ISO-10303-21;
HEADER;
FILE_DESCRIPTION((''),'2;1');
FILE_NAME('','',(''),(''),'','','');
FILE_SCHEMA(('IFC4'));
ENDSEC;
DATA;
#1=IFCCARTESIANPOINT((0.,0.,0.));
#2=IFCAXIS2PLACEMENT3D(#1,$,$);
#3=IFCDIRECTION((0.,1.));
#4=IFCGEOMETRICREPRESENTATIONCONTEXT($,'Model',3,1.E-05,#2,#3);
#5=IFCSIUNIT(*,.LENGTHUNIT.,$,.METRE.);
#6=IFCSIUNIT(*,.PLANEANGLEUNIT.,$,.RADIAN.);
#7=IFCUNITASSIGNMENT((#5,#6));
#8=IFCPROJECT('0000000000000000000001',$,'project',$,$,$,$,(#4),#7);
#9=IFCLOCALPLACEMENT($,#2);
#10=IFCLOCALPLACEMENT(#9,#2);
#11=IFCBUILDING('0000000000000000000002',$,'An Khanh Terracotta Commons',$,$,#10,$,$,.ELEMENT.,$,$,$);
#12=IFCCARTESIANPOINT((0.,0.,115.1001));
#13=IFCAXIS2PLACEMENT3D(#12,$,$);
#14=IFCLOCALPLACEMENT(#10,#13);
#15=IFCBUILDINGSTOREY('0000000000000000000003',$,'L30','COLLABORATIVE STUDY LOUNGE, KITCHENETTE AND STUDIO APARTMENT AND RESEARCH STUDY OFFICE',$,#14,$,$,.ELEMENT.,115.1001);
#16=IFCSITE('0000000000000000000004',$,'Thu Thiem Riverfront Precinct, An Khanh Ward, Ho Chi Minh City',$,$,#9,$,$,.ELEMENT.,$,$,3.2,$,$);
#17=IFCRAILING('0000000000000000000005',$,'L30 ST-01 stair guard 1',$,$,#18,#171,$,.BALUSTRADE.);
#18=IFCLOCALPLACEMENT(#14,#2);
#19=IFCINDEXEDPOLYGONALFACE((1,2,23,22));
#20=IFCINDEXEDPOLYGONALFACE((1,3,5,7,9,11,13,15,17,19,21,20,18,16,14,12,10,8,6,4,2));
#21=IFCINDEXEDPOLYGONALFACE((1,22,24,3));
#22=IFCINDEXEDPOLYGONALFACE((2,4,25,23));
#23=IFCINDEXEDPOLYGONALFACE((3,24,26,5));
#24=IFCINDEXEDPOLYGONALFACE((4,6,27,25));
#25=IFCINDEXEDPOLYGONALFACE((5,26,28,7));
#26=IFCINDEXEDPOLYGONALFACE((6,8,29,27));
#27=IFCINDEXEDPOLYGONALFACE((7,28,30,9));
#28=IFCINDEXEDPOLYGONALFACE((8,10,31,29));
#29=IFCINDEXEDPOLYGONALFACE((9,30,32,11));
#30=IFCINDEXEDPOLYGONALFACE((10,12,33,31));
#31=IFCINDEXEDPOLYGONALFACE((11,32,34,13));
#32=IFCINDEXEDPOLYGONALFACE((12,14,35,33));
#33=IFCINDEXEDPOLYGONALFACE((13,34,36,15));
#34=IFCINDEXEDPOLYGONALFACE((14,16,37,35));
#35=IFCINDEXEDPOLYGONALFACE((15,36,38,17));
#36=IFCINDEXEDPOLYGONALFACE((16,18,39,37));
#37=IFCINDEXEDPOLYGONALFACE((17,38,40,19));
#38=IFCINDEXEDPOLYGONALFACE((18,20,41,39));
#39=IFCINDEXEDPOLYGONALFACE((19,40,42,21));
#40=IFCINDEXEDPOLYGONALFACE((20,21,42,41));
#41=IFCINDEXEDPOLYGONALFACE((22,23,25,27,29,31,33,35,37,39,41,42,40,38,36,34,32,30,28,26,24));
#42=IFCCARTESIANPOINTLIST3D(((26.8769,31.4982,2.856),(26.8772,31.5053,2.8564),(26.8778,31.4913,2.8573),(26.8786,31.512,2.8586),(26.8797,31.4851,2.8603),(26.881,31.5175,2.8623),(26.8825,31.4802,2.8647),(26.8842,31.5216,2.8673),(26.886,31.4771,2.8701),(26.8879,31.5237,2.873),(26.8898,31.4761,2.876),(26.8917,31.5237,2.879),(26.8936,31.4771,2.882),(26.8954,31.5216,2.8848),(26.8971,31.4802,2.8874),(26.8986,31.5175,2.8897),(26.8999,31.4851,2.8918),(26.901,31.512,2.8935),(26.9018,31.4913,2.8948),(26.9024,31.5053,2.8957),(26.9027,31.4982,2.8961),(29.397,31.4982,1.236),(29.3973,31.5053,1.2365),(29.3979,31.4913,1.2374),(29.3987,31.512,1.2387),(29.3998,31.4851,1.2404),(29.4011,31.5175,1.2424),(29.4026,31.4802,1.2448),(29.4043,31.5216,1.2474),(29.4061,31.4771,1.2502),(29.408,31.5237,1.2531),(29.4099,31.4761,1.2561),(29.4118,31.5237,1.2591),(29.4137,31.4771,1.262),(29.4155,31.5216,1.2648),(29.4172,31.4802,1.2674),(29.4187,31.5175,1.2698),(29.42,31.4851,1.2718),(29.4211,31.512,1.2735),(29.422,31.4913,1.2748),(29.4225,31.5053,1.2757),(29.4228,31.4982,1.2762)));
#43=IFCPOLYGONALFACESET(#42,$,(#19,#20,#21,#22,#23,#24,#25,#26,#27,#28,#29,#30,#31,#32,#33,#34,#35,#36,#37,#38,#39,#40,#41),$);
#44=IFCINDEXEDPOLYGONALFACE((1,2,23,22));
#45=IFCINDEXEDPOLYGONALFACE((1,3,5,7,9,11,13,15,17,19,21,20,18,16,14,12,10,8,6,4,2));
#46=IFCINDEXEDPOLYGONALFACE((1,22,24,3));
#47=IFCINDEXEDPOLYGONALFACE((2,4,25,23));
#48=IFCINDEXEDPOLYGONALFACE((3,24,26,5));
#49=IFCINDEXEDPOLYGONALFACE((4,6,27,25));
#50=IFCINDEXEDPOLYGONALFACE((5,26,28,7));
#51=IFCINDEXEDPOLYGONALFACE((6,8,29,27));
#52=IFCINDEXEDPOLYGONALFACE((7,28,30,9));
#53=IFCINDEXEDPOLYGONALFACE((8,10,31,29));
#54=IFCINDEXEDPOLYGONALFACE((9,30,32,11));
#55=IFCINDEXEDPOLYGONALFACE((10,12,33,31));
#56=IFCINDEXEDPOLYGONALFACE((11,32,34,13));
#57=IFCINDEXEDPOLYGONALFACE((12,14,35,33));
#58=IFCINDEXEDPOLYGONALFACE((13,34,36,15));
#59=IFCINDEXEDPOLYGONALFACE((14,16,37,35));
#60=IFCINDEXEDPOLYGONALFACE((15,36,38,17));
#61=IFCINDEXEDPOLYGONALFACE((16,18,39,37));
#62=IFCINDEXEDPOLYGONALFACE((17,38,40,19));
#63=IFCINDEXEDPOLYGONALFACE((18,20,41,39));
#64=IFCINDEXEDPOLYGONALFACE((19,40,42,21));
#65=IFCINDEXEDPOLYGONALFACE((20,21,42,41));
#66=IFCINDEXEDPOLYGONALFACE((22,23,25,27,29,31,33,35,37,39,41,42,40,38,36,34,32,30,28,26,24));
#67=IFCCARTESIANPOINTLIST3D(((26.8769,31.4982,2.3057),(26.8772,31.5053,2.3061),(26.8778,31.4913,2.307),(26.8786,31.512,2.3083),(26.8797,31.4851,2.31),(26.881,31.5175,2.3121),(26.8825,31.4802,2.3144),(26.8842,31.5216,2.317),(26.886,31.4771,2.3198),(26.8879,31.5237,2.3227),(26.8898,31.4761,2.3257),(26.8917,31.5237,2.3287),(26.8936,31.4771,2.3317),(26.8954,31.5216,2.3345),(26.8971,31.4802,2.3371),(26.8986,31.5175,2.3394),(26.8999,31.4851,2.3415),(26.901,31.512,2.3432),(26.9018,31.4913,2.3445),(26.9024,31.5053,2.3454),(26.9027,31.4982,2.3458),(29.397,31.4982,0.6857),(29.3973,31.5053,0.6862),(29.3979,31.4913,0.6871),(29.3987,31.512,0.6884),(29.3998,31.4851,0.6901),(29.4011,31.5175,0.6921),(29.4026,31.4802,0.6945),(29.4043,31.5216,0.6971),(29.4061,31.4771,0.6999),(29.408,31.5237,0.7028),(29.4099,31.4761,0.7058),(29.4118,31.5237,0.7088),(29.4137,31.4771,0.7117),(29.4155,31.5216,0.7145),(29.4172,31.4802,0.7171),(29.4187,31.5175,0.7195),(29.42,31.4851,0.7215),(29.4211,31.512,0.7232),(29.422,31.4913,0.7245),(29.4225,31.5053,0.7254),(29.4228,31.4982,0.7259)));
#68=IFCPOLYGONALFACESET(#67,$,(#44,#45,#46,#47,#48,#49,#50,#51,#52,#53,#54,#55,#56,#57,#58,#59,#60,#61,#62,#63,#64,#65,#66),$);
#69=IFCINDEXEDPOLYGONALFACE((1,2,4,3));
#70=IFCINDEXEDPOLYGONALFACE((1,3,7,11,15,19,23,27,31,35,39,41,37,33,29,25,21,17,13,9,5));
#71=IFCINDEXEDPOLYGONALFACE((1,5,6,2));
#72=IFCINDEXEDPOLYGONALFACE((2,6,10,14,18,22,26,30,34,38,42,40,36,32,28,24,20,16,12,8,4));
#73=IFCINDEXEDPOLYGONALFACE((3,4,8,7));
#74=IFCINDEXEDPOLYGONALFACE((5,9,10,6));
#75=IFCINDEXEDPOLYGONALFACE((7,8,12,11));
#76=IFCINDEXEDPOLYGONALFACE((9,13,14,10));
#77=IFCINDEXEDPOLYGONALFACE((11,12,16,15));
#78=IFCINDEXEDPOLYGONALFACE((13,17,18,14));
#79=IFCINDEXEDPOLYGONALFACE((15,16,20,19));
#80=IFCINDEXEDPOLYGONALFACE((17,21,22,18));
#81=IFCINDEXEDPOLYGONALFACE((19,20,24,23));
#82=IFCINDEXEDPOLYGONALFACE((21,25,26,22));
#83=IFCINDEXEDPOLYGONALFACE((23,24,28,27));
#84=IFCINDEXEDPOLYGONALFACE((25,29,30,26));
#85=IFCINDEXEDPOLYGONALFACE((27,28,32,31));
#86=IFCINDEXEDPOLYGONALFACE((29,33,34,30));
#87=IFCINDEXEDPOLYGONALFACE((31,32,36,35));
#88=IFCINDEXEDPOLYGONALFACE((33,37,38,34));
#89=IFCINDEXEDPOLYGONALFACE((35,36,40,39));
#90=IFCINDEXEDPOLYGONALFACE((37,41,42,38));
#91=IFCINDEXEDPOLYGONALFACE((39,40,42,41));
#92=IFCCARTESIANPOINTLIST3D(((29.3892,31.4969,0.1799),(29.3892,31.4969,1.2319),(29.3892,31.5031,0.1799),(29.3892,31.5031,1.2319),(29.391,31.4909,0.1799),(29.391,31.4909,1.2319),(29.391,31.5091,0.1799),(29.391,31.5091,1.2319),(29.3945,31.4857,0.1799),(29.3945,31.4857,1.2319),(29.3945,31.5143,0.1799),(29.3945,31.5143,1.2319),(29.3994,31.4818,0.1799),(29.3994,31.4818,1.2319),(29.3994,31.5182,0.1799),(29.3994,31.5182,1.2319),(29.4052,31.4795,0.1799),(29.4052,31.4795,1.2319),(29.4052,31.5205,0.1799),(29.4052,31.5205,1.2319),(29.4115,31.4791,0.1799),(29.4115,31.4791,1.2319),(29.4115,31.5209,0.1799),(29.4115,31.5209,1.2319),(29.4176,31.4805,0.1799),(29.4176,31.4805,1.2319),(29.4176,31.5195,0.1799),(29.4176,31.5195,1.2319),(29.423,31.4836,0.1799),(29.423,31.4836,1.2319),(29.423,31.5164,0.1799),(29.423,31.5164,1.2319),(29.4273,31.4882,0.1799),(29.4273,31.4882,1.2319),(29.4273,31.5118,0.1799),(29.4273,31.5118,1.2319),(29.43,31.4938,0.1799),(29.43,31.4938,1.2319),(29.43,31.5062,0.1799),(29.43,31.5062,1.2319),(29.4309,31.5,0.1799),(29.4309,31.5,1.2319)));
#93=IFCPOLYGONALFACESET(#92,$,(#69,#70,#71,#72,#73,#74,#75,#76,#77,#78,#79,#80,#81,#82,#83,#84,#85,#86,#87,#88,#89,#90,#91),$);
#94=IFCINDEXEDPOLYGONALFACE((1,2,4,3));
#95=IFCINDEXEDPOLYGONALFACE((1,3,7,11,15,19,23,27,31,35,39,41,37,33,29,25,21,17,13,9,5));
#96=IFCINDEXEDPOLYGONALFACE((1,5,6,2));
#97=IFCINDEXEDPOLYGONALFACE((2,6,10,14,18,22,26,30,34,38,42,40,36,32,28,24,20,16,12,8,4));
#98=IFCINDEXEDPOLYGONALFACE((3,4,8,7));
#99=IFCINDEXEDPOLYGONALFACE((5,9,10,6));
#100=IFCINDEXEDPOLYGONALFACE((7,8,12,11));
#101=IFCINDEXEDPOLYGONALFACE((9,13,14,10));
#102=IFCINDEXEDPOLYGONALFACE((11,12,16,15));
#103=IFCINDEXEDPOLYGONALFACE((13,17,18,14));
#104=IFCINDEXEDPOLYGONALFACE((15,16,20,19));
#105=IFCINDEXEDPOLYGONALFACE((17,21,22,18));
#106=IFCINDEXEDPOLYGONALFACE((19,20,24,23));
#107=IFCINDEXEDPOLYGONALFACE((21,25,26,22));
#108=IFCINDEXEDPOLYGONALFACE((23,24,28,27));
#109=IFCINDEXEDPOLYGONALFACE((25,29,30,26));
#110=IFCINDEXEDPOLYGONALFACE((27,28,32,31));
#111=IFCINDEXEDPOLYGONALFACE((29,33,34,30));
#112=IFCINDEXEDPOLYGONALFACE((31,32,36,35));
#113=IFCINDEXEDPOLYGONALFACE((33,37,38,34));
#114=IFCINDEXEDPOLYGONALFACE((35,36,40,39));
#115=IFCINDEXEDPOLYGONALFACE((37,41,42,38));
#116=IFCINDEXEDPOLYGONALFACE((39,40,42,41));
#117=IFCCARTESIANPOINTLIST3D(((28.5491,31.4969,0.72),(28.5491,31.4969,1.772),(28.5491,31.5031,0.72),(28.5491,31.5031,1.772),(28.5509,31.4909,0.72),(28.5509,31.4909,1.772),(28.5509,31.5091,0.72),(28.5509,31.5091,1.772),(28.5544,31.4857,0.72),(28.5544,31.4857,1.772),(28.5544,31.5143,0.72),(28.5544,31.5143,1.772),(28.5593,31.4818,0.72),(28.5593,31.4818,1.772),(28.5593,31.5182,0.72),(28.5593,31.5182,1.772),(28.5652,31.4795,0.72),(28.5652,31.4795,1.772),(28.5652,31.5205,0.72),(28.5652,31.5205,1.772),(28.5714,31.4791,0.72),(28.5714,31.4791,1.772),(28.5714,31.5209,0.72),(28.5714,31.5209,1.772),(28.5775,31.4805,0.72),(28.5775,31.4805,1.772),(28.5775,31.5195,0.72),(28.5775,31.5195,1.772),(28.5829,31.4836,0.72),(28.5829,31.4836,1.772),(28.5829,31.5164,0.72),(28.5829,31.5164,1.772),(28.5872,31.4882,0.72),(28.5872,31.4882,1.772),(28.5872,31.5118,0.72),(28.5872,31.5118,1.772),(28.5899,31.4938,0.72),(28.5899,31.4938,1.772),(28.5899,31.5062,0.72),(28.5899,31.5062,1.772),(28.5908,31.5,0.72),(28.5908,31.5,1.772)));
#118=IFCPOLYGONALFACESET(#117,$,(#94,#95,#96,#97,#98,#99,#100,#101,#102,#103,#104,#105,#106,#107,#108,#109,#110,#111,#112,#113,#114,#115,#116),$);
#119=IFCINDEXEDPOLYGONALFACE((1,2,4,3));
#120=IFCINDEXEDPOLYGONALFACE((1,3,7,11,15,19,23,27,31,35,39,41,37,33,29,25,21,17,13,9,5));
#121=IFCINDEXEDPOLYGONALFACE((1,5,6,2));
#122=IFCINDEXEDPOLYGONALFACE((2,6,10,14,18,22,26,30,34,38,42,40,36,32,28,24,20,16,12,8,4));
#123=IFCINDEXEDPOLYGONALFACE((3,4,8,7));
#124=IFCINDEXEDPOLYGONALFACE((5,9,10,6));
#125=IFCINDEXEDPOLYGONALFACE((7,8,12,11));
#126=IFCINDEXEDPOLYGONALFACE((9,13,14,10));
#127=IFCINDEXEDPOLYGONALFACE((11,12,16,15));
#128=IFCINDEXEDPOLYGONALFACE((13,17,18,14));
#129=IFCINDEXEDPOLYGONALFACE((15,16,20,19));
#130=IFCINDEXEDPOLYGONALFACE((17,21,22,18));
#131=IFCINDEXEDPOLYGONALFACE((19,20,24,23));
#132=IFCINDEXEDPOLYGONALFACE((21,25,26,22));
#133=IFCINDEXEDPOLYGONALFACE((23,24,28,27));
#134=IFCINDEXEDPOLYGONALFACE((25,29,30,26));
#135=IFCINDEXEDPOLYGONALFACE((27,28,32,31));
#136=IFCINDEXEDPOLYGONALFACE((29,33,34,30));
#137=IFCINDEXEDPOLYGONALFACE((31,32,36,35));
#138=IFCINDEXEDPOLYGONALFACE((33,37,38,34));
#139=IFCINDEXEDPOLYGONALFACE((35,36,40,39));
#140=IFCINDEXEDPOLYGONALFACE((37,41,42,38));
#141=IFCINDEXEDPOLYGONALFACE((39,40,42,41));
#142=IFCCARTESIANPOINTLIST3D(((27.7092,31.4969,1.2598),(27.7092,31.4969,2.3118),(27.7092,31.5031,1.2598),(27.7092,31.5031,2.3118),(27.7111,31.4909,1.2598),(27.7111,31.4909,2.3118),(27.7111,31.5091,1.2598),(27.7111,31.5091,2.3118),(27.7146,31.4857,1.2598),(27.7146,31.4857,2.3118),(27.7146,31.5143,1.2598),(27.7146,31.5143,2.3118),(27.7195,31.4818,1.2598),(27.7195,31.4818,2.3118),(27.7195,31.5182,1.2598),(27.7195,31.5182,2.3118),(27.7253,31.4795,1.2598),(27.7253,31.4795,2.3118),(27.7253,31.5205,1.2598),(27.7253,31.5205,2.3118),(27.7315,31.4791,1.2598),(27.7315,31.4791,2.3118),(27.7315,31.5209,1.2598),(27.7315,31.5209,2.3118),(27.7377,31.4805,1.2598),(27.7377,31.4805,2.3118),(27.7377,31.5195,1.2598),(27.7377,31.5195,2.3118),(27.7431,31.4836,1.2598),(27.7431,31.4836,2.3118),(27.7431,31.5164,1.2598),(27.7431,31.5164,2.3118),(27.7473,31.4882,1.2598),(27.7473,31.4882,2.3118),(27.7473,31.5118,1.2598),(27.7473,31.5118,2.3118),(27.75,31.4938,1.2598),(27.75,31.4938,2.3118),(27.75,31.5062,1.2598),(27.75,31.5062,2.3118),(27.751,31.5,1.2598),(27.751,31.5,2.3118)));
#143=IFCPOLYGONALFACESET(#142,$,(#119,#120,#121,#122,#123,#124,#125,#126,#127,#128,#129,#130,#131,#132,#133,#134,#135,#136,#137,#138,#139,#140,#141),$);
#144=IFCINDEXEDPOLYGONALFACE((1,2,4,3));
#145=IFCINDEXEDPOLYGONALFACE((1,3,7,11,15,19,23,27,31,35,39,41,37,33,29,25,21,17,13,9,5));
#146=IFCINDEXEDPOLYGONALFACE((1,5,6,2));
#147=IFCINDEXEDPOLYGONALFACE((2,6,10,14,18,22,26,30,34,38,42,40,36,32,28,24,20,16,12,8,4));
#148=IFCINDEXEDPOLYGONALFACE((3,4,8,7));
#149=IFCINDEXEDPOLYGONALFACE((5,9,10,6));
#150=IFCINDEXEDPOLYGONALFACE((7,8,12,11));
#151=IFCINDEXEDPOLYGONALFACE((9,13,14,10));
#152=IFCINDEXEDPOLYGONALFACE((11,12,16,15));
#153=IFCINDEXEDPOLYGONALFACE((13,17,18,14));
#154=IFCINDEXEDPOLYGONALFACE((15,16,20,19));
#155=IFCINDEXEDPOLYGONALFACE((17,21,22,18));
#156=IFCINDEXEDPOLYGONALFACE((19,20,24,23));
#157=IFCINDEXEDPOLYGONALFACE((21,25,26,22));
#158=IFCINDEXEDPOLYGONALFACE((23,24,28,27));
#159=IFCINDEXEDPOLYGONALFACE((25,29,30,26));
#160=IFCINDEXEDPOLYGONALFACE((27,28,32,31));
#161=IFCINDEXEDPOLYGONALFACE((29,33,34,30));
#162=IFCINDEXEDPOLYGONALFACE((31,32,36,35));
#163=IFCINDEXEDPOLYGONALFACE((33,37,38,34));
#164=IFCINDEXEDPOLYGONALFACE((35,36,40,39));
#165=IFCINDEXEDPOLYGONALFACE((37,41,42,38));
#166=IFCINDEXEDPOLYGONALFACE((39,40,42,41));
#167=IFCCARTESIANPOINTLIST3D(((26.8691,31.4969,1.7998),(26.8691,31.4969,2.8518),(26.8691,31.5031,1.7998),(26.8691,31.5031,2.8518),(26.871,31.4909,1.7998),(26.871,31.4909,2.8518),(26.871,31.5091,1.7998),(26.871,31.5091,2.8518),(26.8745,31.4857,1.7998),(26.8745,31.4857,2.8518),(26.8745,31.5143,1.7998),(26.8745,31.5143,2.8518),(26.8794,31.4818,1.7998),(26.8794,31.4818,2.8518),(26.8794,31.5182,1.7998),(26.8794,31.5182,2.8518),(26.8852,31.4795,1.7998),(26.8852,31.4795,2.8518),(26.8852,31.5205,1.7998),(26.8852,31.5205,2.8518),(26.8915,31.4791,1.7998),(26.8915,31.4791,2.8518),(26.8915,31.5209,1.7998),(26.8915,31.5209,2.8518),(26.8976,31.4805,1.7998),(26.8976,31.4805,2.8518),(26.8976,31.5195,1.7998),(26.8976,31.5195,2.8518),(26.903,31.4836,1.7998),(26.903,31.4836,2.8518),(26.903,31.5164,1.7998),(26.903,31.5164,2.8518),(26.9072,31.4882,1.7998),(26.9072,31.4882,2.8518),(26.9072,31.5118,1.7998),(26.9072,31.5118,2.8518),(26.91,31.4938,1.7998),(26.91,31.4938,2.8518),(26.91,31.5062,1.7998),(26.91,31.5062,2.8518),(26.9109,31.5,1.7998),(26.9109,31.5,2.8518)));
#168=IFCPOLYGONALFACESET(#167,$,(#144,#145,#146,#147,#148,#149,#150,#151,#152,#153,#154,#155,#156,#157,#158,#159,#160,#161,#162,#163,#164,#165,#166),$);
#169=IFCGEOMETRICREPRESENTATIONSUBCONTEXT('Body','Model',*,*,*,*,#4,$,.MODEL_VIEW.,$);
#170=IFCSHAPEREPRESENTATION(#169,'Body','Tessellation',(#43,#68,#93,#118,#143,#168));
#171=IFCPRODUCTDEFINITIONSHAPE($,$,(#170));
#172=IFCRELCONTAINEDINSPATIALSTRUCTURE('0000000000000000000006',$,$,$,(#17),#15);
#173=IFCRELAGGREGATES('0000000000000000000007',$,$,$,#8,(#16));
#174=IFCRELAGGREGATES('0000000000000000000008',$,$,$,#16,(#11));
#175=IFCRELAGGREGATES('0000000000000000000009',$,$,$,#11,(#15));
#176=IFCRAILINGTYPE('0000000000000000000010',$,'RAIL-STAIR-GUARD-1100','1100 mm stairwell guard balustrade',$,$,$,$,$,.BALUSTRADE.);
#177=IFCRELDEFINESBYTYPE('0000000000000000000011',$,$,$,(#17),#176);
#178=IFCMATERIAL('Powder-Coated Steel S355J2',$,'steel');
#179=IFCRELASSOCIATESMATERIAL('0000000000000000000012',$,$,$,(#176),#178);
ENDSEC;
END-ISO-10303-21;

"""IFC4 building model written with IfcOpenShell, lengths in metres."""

from ifc_helpers import new_model, si_unit, direction, frame, origin, origin_2d, place, context, subcontext, project, spatial, circle, extrude, material, type_object, element, save


model = new_model("IFC4")

# Units and contexts
model_context = context("Model", 3, precision=1e-05, world=origin(), true_north=direction((0.0, 1.0)))
body_context = subcontext(model_context, "Body", "Model", "MODEL_VIEW")
ifc_project = project(units=[si_unit("LENGTHUNIT", "METRE"), si_unit("PLANEANGLEUNIT", "RADIAN")], contexts=[model_context])

# Site, building, storey
site_placement = place(None, origin())
site = spatial("IfcSite", under=ifc_project, at=site_placement, Name="Thu Thiem Riverfront Precinct, An Khanh Ward, Ho Chi Minh City", CompositionType="ELEMENT", RefElevation=3.2)
building_placement = place(site_placement, origin())
building = spatial("IfcBuilding", under=site, at=building_placement, Name="An Khanh Terracotta Commons", CompositionType="ELEMENT")
storey_placement = place(building_placement, frame((0.0, 0.0, 115.1001)))
storey = spatial("IfcBuildingStorey", under=building, at=storey_placement, Name="L30", Description="COLLABORATIVE STUDY LOUNGE, KITCHENETTE AND STUDIO APARTMENT AND RESEARCH STUDY OFFICE", CompositionType="ELEMENT", Elevation=115.1001)

# Railing
ifc_material_1 = material(Name="Powder-Coated Steel S355J2", Category="steel")
railing_type_1 = type_object("IfcRailingType", Name="RAIL-STAIR-GUARD-1100", Description="1100 mm stairwell guard balustrade", PredefinedType="BALUSTRADE", material=ifc_material_1)
railing_1_placement = place(storey_placement, frame((29.4099, 31.5, 0.1799)))
element("IfcRailing", 1, at=railing_1_placement, inside=storey, type_object=railing_type_1, Name="L30 ST-01 stair guard 1", PredefinedType="BALUSTRADE", context=body_context, shape_type="SweptSolid", body=[
    extrude(circle(Radius=0.0239, at=origin_2d()), frame((0.0, 0.0, 1.0762), z_axis=(-0.8412, 0.0, 0.540725), x_axis=(0.0, -1.0, 0.0)), (0.0, 0.0, 1.0), 2.9958),
    extrude(circle(Radius=0.0239, at=origin_2d()), frame((0.0, 0.0, 0.5259), z_axis=(-0.8412, 0.0, 0.540725), x_axis=(0.0, -1.0, 0.0)), (0.0, 0.0, 1.0), 2.9958),
    extrude(circle(Radius=0.021, at=origin_2d()), origin(), (0.0, 0.0, 1.0), 1.052),
    extrude(circle(Radius=0.021, at=origin_2d()), frame((-0.8401, 0.0, 0.54)), (0.0, 0.0, 1.0), 1.052),
    extrude(circle(Radius=0.021, at=origin_2d()), frame((-1.6799, 0.0, 1.0798)), (0.0, 0.0, 1.0), 1.052),
    extrude(circle(Radius=0.021, at=origin_2d()), frame((-2.52, 0.0, 1.6199)), (0.0, 0.0, 1.0), 1.052),
])

save(model, "model.ifc")
